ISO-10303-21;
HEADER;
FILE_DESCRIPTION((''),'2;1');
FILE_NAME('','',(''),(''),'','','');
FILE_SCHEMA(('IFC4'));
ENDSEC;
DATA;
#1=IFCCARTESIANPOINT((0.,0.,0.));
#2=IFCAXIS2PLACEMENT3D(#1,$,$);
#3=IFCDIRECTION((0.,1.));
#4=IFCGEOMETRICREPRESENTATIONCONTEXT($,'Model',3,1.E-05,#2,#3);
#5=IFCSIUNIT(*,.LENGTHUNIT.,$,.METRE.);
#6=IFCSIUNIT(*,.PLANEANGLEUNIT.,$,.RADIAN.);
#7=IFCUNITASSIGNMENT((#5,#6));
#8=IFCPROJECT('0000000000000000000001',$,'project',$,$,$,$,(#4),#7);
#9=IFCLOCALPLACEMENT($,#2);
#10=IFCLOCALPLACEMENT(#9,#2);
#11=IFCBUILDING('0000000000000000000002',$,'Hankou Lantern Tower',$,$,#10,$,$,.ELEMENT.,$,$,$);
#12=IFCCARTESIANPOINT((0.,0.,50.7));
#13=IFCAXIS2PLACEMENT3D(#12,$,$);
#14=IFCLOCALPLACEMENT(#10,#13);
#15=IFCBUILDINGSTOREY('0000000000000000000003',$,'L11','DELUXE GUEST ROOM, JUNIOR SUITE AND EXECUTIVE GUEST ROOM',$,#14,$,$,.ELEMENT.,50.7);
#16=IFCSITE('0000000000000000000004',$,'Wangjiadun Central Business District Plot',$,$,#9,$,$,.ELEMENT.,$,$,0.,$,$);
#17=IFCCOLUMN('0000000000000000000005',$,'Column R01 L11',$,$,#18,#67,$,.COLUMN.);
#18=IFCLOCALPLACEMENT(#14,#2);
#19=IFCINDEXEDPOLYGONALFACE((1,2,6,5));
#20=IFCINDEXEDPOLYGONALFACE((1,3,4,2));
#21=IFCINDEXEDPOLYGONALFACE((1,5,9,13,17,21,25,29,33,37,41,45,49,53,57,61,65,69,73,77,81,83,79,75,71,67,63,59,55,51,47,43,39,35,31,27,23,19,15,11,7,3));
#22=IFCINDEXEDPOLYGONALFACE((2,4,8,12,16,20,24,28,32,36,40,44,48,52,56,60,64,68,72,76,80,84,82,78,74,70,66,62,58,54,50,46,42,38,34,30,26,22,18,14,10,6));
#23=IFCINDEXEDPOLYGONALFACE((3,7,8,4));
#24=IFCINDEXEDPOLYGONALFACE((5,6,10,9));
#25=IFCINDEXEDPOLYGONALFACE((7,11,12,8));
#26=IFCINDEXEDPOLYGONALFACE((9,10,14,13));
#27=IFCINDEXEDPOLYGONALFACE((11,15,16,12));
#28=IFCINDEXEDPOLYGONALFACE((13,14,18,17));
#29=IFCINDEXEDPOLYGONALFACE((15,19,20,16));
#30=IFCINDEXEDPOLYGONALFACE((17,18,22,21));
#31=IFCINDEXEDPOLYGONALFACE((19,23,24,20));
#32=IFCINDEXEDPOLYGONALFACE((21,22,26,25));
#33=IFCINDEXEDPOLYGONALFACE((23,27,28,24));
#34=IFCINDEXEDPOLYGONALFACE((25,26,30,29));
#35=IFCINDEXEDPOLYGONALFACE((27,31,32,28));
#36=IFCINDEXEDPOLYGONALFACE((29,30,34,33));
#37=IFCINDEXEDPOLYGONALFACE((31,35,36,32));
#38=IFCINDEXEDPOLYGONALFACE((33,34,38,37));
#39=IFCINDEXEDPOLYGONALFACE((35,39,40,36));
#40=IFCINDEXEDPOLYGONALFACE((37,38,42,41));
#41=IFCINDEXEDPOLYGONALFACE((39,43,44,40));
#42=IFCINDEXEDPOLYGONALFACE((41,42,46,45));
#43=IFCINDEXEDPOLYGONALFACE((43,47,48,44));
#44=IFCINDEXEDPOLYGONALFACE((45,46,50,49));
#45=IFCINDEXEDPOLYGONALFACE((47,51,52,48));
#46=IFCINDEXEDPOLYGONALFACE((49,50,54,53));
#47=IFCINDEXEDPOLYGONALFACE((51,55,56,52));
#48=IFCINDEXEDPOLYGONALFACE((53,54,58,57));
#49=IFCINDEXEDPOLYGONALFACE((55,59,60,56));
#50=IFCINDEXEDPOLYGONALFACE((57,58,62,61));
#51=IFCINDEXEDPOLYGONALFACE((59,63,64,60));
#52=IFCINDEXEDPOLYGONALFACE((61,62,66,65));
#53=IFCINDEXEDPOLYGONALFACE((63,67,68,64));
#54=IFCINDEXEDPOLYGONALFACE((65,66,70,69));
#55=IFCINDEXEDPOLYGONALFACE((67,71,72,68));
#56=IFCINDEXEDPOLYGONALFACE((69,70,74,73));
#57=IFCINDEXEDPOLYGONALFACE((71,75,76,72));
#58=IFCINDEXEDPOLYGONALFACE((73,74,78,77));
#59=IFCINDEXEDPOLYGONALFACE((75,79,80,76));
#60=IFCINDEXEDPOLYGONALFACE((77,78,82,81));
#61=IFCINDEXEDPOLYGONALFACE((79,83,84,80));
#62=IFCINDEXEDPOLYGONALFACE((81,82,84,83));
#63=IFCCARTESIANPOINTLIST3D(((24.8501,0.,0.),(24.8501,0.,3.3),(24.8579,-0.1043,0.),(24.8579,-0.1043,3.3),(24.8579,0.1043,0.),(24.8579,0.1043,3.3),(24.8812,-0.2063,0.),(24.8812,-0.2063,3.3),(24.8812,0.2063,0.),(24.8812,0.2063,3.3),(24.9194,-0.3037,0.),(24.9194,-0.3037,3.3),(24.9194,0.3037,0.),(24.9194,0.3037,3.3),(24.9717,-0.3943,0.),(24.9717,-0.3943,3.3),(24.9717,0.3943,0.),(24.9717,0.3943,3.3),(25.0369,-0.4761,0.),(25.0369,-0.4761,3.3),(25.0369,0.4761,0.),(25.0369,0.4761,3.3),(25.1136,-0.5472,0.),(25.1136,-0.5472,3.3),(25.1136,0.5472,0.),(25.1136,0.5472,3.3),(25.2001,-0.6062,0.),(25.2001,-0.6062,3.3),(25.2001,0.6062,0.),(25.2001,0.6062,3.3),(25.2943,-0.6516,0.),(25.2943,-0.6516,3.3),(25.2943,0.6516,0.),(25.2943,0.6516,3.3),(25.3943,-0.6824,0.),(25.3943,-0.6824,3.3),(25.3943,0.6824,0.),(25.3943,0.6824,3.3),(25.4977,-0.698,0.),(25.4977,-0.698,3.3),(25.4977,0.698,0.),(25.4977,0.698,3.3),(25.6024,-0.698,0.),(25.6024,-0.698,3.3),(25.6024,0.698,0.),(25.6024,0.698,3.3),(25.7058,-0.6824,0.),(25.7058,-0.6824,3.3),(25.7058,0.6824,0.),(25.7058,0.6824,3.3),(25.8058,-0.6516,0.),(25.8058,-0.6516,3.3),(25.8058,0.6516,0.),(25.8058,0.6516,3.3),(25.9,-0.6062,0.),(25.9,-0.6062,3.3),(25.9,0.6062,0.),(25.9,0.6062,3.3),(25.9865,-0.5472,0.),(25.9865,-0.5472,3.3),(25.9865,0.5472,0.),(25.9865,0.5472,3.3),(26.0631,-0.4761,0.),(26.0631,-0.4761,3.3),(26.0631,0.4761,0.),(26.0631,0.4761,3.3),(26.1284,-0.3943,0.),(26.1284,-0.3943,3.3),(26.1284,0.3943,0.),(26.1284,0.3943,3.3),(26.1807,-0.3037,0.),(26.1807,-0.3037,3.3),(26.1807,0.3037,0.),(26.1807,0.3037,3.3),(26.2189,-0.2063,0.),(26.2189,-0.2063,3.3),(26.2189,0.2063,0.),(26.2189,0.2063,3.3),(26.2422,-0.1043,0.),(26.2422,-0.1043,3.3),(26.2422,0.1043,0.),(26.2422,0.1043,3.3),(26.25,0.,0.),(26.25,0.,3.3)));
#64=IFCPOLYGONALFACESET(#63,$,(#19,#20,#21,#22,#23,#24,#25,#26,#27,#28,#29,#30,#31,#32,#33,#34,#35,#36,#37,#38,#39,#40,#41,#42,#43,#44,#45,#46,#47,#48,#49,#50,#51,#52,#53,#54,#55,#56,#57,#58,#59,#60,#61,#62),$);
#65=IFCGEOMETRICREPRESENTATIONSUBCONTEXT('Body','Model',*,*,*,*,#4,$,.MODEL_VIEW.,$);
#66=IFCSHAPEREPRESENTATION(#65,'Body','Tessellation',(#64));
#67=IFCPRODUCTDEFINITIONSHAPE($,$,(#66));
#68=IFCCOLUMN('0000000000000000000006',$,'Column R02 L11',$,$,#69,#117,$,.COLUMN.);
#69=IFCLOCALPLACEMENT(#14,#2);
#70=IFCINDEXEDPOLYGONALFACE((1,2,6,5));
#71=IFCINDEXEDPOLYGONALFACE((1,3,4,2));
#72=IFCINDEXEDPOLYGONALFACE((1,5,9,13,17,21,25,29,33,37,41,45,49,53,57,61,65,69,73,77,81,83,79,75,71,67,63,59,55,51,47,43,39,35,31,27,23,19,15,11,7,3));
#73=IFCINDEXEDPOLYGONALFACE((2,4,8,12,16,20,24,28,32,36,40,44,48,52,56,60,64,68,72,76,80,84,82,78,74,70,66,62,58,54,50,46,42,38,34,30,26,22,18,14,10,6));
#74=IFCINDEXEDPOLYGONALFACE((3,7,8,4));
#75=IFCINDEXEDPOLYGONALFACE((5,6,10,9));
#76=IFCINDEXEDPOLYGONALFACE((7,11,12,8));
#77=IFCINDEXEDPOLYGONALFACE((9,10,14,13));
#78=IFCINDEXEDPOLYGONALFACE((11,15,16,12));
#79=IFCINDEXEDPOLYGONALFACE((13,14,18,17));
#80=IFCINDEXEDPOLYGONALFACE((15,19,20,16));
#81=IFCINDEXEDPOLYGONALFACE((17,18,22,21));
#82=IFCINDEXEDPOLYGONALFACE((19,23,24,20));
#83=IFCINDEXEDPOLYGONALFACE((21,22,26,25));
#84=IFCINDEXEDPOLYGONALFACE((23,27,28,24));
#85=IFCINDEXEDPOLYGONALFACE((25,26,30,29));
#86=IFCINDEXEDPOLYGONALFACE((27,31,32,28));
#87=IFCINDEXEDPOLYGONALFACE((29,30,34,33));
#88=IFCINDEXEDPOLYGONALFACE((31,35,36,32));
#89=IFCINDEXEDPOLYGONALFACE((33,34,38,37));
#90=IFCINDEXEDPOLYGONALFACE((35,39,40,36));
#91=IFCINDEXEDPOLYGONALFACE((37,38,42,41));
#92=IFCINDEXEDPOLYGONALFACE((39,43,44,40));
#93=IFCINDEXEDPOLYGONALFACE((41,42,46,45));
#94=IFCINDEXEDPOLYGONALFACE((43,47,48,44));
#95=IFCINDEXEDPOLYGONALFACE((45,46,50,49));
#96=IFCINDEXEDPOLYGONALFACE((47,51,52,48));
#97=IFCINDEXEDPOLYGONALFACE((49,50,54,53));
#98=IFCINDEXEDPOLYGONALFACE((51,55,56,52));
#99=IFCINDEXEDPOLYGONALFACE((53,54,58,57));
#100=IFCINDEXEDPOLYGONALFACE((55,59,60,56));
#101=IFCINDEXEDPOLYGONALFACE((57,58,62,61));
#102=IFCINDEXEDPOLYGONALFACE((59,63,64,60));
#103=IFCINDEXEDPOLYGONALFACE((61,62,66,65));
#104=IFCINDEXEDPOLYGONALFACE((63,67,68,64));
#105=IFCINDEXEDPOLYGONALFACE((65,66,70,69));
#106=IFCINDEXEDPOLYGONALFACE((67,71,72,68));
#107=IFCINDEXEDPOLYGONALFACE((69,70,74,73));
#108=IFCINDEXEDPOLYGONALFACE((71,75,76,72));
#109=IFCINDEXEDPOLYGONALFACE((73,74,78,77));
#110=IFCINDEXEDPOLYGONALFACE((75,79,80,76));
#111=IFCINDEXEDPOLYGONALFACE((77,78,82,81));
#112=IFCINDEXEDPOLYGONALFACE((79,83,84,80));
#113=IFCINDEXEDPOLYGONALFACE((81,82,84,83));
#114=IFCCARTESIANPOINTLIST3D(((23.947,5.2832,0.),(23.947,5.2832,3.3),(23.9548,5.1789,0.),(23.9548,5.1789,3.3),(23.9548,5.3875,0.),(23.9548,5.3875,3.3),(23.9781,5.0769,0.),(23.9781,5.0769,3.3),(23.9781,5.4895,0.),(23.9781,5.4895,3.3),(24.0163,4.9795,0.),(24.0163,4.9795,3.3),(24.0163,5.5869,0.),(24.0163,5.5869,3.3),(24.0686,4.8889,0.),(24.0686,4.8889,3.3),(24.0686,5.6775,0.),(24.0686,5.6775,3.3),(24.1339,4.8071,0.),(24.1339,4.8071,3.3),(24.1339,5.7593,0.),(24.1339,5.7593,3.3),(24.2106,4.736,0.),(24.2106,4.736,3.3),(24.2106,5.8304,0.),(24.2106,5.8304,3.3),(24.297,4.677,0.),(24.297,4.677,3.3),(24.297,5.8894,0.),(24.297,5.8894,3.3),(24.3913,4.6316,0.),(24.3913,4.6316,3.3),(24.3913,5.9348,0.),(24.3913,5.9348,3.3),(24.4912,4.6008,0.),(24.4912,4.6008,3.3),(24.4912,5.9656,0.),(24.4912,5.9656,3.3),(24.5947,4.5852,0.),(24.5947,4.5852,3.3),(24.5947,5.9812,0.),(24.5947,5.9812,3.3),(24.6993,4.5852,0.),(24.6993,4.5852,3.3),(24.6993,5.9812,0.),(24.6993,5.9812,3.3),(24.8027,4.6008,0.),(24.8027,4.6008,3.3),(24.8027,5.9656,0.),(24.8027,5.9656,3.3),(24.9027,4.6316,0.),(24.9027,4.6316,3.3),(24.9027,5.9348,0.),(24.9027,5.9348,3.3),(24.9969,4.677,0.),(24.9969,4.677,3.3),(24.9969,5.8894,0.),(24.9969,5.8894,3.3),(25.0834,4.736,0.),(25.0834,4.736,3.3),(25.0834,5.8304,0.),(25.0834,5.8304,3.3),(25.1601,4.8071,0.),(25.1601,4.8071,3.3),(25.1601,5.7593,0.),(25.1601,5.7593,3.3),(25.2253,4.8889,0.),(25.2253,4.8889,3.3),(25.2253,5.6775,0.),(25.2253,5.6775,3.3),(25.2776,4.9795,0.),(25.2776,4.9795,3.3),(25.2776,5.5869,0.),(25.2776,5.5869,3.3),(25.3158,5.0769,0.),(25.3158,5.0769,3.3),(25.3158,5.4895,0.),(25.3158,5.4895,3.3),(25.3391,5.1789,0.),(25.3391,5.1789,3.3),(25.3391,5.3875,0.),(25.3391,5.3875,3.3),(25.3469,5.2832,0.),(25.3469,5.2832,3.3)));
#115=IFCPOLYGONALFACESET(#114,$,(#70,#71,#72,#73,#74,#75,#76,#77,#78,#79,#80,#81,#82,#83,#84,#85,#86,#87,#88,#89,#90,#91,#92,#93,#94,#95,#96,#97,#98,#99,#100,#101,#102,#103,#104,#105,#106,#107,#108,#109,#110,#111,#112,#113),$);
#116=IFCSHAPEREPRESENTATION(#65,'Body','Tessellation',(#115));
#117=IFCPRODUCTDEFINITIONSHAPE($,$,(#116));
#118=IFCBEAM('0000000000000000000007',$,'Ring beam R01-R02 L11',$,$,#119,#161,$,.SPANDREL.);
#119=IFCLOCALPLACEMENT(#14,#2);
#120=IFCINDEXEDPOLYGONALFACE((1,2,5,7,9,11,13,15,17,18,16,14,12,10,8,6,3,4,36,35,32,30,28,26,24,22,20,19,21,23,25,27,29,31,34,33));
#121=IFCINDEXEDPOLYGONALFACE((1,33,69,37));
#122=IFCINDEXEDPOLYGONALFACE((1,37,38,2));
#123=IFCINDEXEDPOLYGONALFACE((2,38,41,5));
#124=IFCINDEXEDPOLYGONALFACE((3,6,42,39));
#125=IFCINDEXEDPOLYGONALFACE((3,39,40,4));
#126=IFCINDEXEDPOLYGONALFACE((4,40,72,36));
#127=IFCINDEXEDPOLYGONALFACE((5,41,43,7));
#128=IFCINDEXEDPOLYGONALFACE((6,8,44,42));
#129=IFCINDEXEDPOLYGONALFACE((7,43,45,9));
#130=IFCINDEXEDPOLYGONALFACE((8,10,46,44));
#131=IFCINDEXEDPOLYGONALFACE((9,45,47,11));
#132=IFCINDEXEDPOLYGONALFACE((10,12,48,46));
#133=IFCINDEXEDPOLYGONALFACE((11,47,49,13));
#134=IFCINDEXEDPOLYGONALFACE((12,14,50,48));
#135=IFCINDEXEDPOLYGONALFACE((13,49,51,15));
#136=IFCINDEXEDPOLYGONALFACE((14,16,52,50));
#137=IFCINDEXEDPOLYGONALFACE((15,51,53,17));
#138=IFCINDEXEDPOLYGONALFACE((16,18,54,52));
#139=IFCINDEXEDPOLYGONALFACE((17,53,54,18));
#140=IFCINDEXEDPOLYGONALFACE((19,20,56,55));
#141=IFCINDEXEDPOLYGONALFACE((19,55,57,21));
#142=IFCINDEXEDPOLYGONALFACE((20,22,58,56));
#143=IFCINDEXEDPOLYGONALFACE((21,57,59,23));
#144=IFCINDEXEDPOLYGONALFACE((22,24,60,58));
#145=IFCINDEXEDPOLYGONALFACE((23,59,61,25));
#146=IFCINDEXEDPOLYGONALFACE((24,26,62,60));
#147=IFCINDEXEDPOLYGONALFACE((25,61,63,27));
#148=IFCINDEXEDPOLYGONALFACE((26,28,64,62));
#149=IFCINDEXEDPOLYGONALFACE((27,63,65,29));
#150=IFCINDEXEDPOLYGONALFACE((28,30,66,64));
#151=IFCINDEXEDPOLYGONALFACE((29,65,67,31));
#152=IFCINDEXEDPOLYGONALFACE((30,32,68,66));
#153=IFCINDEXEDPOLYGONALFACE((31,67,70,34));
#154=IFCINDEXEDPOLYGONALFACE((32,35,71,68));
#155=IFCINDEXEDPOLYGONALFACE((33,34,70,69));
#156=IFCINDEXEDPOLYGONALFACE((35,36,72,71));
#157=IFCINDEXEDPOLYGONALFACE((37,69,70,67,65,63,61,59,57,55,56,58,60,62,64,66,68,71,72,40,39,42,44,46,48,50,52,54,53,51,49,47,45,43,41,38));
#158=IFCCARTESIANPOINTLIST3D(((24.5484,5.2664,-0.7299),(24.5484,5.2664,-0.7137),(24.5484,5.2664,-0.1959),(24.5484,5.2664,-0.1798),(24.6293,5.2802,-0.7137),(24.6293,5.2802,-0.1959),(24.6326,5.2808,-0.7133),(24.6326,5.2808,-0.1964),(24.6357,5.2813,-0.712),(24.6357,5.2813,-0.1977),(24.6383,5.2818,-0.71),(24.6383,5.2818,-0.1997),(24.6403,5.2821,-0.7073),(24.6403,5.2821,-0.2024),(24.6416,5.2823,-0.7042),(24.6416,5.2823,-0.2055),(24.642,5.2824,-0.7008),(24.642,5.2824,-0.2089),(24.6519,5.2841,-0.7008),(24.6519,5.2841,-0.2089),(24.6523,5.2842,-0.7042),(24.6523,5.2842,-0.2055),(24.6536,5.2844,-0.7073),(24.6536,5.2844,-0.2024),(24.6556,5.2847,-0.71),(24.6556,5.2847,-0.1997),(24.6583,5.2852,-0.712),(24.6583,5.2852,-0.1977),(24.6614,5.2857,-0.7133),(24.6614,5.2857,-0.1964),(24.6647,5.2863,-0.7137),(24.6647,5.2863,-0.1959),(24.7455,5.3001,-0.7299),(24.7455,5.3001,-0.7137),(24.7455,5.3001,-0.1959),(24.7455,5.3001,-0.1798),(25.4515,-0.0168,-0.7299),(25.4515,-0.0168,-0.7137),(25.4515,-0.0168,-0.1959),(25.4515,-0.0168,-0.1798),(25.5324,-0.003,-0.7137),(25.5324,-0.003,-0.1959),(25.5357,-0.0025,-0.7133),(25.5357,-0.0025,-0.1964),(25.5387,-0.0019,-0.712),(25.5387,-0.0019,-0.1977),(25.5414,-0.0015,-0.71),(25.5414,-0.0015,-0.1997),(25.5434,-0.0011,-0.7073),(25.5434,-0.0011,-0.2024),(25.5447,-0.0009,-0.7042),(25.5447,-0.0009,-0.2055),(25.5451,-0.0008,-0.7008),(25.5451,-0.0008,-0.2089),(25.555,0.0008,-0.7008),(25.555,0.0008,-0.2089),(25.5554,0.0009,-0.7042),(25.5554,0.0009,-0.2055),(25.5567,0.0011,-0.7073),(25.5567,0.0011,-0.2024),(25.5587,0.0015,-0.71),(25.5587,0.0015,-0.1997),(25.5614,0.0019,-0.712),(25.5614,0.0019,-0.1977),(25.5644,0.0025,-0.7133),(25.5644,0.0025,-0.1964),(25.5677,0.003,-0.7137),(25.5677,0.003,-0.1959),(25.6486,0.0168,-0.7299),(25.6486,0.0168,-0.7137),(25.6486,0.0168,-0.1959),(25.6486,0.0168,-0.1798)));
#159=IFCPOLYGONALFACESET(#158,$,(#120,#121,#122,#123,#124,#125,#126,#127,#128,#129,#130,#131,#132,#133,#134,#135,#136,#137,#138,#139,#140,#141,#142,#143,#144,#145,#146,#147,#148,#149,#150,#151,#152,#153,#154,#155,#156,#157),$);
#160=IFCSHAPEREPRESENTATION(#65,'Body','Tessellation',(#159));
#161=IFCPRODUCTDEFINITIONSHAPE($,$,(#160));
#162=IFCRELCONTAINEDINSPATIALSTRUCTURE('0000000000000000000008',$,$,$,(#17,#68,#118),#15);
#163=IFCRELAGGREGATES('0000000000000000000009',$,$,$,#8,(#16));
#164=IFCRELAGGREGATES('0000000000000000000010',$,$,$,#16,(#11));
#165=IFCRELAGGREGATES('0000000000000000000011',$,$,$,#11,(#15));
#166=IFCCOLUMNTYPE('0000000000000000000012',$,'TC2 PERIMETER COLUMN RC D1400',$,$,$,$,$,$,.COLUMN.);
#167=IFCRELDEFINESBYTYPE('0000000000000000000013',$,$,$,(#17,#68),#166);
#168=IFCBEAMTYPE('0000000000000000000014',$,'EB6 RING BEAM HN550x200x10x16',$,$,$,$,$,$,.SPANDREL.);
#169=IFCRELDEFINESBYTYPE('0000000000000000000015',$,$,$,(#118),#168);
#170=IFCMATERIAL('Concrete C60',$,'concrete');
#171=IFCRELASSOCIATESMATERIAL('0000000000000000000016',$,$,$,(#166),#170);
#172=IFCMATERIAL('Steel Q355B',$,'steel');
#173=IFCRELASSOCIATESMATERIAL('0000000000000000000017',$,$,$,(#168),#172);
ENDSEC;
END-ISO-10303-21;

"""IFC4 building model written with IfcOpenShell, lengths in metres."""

from ifc_helpers import new_model, si_unit, direction, frame, origin, origin_2d, place, context, subcontext, project, spatial, circle, i_section, extrude, material, material_profile, profile_set, type_object, element, save


model = new_model("IFC4")

# Units and contexts
model_context = context("Model", 3, precision=1e-05, world=origin(), true_north=direction((0.0, 1.0)))
body_context = subcontext(model_context, "Body", "Model", "MODEL_VIEW")
ifc_project = project(units=[si_unit("LENGTHUNIT", "METRE"), si_unit("PLANEANGLEUNIT", "RADIAN")], contexts=[model_context])

# Site, building, storey
site_placement = place(None, origin())
site = spatial("IfcSite", under=ifc_project, at=site_placement, Name="Wangjiadun Central Business District Plot", CompositionType="ELEMENT", RefElevation=0.0)
building_placement = place(site_placement, origin())
building = spatial("IfcBuilding", under=site, at=building_placement, Name="Hankou Lantern Tower", CompositionType="ELEMENT")
storey_placement = place(building_placement, frame((0.0, 0.0, 50.7)))
storey = spatial("IfcBuildingStorey", under=building, at=storey_placement, Name="L11", Description="DELUXE GUEST ROOM, JUNIOR SUITE AND EXECUTIVE GUEST ROOM", CompositionType="ELEMENT", Elevation=50.7)

# Columns
ifc_material_1 = material(Name="Concrete C60", Category="concrete")
ifc_material_profile_1 = material_profile(ifc_material_1, circle(Radius=0.7, at=origin_2d()), Name="RC D1400")
ifc_profile_set_1 = profile_set([ifc_material_profile_1], Name="Concrete C60")
column_type = type_object("IfcColumnType", Name="TC2 PERIMETER COLUMN RC D1400", PredefinedType="COLUMN", material=ifc_profile_set_1)
for number, where, z_axis, x_axis, name in (
    (1, (25.55, 0.0, 0.0), (0.0, 0.0, 1.0), (1.0, 0.0, 0.0), "Column R01 L11"),
    (2, (24.647, 5.2832, 0.0), (0.0, 0.0, 1.0), (1.0, 0.0, 0.0), "Column R02 L11"),
):
    element("IfcColumn", number, at=place(storey_placement, frame(where, z_axis=z_axis, x_axis=x_axis)), inside=storey, type_object=column_type, Name=name, PredefinedType="COLUMN", context=body_context, shape_type="SweptSolid", body=[
        extrude(circle(Radius=0.7, at=origin_2d()), origin(), (0.0, 0.0, 1.0), 3.3),
    ])

# Beam
ifc_material_2 = material(Name="Steel Q355B", Category="steel")
ifc_material_profile_2 = material_profile(ifc_material_2, i_section(OverallWidth=0.2, OverallDepth=0.55, WebThickness=0.01, FlangeThickness=0.0161, FilletRadius=0.0129, at=origin_2d()), Name="HN550x200x10x16")
ifc_profile_set_2 = profile_set([ifc_material_profile_2], Name="Steel Q355B")
beam_type_1 = type_object("IfcBeamType", Name="EB6 RING BEAM HN550x200x10x16", PredefinedType="SPANDREL", material=ifc_profile_set_2)
beam_1_placement = place(storey_placement, frame((25.55, 0.0, -0.4548), z_axis=(-0.16849, 0.985703, 0.0), x_axis=(-0.985703, -0.16849, 0.0)))
element("IfcBeam", 3, at=beam_1_placement, inside=storey, type_object=beam_type_1, Name="Ring beam R01-R02 L11", PredefinedType="SPANDREL", context=body_context, shape_type="SweptSolid", body=[
    extrude(i_section(OverallWidth=0.2, OverallDepth=0.55, WebThickness=0.01, FlangeThickness=0.0161, FilletRadius=0.0129, at=origin_2d()), origin(), (0.0, 0.0, 1.0), 5.3599),
])

save(model, "model.ifc")
